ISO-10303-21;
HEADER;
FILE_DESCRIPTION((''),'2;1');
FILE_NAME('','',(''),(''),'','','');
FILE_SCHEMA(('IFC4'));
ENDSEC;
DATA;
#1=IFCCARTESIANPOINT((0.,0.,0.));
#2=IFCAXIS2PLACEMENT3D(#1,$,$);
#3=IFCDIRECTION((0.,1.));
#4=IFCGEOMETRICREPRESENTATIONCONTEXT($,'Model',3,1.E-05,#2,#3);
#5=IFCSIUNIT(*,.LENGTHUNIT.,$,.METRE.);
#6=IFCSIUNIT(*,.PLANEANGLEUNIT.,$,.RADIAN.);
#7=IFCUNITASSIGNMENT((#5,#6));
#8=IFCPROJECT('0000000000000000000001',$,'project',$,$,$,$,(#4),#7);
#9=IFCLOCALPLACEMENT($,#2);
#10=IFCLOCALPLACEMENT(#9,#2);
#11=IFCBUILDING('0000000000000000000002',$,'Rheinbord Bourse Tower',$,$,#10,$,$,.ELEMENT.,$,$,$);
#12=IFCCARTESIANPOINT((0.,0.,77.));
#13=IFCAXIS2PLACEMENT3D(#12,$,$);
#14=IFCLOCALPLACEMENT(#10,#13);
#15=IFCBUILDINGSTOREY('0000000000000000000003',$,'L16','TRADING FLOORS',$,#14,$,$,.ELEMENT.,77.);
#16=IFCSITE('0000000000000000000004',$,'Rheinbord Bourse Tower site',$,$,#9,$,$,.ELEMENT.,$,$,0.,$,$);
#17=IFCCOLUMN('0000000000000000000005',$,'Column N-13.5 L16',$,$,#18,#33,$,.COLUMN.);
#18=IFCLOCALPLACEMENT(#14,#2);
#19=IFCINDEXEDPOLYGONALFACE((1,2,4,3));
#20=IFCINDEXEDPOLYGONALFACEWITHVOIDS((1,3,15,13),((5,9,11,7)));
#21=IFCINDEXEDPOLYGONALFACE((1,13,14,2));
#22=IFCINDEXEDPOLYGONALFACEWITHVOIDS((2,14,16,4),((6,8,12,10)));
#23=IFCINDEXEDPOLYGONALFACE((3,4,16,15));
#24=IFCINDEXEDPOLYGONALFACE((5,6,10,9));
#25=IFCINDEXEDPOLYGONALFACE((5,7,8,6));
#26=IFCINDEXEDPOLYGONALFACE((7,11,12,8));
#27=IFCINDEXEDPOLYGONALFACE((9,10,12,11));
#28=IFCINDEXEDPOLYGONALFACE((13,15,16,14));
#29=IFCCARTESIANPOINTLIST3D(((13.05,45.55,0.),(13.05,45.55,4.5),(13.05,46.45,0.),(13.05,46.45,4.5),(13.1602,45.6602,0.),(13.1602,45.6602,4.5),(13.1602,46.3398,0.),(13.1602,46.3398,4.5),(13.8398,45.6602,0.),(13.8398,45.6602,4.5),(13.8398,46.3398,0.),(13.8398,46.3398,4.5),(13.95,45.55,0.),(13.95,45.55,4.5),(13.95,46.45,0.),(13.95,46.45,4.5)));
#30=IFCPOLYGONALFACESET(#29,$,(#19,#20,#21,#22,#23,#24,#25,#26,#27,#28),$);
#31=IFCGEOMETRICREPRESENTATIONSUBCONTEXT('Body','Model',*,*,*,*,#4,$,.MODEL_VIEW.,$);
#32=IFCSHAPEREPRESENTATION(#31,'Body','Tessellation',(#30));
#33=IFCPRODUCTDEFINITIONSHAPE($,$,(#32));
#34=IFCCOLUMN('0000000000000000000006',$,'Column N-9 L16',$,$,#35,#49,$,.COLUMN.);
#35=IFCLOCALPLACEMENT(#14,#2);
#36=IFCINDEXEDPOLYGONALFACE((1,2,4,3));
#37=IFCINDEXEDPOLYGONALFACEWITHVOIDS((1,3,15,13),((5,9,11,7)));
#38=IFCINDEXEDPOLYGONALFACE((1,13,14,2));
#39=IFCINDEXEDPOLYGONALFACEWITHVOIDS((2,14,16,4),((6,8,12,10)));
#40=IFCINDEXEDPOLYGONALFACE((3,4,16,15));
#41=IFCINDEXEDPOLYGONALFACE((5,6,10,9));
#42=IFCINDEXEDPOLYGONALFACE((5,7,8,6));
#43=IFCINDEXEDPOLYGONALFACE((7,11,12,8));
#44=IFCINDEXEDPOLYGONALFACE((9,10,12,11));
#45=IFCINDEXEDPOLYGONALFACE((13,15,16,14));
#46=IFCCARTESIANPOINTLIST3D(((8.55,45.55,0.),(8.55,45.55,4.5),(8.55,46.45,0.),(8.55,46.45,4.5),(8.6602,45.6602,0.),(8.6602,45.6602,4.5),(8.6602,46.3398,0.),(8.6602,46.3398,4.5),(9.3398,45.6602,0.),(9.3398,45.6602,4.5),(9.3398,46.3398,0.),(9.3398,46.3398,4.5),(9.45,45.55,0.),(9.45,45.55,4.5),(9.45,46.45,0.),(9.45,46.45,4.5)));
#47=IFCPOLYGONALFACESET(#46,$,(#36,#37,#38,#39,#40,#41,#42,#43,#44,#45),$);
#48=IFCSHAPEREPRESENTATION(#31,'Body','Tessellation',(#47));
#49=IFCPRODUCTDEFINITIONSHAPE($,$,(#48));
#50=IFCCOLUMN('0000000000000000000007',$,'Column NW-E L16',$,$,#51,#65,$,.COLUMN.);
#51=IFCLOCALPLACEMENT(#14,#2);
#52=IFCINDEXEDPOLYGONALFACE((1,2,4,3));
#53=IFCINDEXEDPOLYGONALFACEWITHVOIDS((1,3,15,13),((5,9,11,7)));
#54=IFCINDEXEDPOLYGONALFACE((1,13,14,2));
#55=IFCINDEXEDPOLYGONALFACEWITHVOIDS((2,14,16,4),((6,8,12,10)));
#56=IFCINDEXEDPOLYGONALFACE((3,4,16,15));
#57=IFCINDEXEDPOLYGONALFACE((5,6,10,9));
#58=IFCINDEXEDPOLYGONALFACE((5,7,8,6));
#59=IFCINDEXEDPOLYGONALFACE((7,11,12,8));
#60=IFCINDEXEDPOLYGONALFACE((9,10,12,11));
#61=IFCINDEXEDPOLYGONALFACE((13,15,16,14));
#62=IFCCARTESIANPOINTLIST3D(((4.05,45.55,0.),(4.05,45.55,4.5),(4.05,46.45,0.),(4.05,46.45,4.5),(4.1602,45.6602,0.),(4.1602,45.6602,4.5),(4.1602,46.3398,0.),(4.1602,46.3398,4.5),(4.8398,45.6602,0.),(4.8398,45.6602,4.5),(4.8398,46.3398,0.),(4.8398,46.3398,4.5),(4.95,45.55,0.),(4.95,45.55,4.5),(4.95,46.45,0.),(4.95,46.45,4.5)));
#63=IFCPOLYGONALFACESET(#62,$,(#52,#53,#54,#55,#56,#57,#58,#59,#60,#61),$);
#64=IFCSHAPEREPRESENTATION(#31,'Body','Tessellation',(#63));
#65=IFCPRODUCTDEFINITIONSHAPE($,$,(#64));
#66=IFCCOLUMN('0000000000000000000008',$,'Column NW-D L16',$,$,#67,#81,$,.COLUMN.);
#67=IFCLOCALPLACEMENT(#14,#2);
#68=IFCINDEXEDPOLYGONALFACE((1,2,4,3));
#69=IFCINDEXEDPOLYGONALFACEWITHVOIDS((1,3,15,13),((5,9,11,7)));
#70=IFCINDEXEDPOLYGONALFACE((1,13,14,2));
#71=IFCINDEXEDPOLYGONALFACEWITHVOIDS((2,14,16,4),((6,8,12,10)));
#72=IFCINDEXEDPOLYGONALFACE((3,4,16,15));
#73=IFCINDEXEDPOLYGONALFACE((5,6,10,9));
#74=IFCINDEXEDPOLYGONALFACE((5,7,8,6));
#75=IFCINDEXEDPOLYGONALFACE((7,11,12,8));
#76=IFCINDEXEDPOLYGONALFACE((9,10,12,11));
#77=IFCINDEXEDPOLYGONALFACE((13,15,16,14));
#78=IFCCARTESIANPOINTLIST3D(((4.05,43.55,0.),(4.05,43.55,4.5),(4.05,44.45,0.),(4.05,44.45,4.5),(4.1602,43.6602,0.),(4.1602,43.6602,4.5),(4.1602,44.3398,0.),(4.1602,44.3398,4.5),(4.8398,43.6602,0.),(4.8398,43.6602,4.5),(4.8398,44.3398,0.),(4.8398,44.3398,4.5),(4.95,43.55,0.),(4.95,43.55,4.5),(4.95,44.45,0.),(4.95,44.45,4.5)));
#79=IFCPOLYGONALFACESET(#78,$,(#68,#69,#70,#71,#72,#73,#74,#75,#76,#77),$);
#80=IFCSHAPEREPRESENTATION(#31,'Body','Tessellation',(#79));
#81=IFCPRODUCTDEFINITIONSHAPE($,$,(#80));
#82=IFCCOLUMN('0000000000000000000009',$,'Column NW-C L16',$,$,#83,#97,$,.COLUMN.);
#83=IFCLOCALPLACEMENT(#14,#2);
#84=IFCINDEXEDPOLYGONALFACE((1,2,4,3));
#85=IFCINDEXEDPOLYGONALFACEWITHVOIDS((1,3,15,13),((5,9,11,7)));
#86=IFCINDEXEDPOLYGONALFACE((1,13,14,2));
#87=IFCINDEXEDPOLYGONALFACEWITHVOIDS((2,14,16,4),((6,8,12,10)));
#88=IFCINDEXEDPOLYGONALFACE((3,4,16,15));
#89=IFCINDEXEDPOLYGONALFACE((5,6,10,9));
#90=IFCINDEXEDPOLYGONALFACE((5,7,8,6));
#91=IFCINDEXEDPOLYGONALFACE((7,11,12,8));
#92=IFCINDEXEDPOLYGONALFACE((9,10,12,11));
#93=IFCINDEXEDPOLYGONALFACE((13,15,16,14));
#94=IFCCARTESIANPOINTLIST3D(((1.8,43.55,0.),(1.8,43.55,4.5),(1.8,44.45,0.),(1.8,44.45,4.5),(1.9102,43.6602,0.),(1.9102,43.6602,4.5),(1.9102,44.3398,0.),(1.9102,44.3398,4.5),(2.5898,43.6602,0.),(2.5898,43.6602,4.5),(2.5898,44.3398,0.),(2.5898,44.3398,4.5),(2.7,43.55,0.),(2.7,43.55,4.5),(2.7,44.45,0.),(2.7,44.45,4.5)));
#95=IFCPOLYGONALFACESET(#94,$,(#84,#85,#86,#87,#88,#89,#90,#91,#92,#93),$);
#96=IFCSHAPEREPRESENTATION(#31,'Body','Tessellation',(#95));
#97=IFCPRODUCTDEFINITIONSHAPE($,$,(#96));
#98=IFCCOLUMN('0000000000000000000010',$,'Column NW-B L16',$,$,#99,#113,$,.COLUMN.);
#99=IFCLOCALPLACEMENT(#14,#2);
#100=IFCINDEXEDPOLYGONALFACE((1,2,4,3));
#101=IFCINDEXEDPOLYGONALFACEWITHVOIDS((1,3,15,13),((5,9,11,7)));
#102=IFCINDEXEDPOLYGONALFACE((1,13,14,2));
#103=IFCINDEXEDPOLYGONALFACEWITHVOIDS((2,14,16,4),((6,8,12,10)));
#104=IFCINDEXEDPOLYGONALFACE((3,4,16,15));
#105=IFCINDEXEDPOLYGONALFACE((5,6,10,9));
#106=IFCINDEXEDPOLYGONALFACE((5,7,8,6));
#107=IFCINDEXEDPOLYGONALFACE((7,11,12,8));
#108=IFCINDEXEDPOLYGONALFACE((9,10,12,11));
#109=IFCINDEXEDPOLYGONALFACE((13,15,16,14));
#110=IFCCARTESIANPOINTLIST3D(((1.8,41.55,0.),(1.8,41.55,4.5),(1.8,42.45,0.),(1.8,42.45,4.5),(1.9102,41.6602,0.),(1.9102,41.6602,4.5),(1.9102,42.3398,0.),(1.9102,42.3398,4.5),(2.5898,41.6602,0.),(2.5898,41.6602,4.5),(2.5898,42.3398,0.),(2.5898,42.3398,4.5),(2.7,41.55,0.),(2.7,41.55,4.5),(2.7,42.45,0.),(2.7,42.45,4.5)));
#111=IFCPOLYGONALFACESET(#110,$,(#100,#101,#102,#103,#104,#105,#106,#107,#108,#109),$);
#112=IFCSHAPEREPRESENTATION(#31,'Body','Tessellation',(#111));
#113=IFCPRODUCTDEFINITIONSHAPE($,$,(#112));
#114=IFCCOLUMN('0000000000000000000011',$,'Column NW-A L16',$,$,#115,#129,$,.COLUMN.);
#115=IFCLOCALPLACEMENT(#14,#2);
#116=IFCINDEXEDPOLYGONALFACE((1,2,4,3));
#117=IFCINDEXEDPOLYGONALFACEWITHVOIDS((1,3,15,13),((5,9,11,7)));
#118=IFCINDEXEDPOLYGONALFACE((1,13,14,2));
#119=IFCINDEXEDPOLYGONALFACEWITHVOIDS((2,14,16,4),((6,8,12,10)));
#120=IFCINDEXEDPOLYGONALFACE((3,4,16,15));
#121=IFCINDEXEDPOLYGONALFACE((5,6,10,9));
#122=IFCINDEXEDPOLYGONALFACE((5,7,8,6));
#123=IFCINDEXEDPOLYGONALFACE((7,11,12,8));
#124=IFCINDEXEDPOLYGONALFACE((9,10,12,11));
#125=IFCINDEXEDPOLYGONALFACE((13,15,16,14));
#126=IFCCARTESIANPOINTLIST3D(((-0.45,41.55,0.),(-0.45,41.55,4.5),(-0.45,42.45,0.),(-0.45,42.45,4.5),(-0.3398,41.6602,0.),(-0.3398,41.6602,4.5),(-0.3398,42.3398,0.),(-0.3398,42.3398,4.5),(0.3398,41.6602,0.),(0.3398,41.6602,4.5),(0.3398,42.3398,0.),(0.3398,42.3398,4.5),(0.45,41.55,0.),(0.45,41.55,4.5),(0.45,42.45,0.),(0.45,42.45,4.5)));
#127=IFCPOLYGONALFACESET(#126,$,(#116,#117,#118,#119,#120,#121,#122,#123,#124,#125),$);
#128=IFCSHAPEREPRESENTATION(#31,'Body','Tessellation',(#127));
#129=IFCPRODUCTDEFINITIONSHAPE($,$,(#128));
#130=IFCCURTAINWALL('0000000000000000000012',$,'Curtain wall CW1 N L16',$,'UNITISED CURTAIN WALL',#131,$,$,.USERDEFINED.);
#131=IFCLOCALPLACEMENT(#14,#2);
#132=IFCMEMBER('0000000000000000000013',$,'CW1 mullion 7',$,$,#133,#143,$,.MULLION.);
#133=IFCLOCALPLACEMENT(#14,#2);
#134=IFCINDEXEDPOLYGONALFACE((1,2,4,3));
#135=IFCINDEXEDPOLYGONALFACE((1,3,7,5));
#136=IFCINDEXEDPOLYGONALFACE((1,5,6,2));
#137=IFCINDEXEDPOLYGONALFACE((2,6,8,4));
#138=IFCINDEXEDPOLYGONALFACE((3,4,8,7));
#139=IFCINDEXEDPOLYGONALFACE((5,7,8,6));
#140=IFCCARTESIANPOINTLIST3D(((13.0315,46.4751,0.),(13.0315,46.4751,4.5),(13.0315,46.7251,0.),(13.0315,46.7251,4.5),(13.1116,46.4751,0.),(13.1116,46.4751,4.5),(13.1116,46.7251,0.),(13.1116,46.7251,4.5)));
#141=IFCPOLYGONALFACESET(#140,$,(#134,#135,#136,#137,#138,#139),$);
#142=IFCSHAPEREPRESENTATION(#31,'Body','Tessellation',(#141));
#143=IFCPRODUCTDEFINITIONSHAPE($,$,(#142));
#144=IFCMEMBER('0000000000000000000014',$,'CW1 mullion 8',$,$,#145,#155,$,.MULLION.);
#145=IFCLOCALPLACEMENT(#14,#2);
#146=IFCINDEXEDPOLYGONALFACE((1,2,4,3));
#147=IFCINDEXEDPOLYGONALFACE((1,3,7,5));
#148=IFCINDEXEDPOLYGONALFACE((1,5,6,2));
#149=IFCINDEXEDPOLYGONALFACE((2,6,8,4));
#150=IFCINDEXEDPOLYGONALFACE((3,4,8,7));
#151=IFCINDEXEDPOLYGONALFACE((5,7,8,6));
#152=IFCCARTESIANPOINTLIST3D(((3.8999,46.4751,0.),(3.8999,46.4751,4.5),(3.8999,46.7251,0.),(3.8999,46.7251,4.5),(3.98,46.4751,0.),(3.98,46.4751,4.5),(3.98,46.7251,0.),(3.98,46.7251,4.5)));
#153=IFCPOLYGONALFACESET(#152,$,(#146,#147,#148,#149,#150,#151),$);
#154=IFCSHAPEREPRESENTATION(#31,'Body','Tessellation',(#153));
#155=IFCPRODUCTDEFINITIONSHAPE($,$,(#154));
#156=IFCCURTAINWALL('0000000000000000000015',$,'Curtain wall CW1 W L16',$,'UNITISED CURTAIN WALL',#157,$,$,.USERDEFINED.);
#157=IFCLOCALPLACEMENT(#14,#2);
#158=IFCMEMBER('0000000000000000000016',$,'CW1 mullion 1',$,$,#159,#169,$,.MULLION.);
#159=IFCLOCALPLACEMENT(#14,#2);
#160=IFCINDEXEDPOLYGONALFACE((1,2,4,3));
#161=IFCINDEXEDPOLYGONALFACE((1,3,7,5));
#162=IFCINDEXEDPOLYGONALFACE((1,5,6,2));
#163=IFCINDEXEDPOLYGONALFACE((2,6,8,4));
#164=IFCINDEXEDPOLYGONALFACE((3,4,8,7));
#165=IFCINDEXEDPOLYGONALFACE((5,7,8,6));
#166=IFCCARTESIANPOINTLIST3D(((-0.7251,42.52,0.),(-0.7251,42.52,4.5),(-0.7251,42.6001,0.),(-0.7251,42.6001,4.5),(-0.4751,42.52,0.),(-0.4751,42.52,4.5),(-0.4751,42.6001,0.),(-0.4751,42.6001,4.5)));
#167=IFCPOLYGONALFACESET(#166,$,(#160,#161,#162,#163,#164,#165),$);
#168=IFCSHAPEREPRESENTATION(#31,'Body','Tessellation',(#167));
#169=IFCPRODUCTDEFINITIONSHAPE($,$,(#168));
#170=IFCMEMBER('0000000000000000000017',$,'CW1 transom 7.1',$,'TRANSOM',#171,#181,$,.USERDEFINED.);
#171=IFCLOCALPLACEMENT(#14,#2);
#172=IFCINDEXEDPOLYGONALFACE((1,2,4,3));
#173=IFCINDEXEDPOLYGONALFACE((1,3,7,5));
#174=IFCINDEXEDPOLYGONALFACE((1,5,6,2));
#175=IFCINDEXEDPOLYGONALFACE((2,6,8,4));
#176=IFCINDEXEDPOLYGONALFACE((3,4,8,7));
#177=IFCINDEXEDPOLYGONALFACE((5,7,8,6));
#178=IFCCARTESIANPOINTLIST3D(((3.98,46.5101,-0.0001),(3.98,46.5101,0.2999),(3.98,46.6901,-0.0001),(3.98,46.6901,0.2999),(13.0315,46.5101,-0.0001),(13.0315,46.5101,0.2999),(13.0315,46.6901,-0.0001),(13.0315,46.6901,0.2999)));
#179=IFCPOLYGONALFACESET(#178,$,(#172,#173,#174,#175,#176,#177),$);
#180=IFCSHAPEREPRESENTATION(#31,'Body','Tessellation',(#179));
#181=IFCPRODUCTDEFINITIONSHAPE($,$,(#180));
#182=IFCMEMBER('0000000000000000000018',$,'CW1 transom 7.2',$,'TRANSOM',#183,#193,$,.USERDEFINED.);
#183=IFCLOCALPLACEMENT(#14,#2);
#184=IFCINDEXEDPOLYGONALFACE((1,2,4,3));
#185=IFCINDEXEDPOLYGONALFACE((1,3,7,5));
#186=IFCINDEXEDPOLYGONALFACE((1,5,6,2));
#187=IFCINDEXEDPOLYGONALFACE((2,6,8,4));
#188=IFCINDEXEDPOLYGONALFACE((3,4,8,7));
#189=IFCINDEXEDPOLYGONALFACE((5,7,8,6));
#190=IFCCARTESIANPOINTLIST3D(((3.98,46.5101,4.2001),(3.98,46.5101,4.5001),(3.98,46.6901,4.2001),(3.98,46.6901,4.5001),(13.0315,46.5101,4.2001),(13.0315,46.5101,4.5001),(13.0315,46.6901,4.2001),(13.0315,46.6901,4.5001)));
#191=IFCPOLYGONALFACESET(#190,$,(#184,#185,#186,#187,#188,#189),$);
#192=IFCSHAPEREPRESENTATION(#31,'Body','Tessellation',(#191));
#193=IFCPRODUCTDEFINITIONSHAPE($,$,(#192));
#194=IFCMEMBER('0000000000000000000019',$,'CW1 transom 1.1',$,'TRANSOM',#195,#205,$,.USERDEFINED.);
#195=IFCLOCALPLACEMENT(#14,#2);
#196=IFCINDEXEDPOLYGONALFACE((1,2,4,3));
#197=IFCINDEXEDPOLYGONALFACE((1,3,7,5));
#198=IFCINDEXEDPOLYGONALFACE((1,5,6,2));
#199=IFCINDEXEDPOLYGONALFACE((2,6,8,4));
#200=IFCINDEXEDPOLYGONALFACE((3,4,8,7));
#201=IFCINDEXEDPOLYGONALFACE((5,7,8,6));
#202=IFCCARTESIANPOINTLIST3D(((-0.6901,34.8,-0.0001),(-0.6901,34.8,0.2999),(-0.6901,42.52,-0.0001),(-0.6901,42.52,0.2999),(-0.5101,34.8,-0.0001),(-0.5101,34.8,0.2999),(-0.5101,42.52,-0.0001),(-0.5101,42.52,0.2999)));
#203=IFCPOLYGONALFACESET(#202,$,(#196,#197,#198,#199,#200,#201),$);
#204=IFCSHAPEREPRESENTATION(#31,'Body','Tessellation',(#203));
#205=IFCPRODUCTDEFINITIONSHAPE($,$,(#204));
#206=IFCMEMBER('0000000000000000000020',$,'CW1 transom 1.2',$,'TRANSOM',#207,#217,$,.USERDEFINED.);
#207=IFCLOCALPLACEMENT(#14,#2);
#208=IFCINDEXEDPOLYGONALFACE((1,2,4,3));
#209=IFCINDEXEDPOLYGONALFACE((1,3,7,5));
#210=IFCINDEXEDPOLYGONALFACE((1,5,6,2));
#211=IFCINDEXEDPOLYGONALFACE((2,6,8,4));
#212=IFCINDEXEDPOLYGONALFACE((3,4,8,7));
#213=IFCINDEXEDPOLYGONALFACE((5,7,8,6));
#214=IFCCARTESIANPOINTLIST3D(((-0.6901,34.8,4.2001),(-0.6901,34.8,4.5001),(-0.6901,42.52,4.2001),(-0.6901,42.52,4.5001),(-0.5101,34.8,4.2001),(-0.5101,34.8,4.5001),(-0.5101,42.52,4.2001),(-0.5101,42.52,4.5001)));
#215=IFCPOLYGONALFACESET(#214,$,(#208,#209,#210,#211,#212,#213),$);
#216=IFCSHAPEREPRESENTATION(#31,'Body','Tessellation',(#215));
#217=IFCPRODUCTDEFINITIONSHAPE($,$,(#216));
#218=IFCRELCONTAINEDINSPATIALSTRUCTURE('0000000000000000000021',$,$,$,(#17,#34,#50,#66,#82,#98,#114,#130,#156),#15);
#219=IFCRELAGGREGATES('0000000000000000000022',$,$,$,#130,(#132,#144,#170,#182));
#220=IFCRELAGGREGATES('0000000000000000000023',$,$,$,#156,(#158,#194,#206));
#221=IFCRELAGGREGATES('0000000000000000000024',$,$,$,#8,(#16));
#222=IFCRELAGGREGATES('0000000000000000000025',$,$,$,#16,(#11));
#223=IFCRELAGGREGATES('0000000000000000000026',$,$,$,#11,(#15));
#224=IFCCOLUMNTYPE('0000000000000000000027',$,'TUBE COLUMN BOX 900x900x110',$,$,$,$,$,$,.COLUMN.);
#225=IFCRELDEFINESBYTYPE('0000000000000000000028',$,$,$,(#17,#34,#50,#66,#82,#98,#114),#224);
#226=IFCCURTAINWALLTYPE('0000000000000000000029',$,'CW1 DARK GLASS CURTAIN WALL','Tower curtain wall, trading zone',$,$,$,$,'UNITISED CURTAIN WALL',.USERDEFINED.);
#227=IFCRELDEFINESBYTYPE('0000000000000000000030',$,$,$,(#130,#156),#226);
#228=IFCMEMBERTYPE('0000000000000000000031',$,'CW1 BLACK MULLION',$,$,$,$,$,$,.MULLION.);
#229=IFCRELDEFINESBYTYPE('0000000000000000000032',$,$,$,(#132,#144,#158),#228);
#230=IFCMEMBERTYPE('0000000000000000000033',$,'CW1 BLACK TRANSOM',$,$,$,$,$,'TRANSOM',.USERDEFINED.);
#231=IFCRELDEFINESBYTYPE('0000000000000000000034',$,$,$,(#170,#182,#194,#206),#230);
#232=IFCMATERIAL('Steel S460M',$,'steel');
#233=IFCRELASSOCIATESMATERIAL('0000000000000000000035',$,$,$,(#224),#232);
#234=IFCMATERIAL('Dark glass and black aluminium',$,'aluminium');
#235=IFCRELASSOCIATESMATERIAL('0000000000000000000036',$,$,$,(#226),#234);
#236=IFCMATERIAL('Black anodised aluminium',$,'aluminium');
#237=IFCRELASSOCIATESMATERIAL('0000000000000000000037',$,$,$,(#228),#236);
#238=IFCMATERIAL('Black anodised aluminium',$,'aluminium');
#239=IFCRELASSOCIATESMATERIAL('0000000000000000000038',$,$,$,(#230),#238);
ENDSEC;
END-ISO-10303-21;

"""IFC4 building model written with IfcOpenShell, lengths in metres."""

from ifc_helpers import new_model, si_unit, direction, frame, origin, origin_2d, place, context, subcontext, project, spatial, rectangle, hollow_rectangle, extrude, material, material_profile, profile_set, type_object, element, aggregate, save


model = new_model("IFC4")

# Units and contexts
model_context = context("Model", 3, precision=1e-05, world=origin(), true_north=direction((0.0, 1.0)))
body_context = subcontext(model_context, "Body", "Model", "MODEL_VIEW")
ifc_project = project(units=[si_unit("LENGTHUNIT", "METRE"), si_unit("PLANEANGLEUNIT", "RADIAN")], contexts=[model_context])

# Site, building, storey
site_placement = place(None, origin())
site = spatial("IfcSite", under=ifc_project, at=site_placement, Name="Rheinbord Bourse Tower site", CompositionType="ELEMENT", RefElevation=0.0)
building_placement = place(site_placement, origin())
building = spatial("IfcBuilding", under=site, at=building_placement, Name="Rheinbord Bourse Tower", CompositionType="ELEMENT")
storey_placement = place(building_placement, frame((0.0, 0.0, 77.0)))
storey = spatial("IfcBuildingStorey", under=building, at=storey_placement, Name="L16", Description="TRADING FLOORS", CompositionType="ELEMENT", Elevation=77.0)

# Columns
ifc_material_1 = material(Name="Steel S460M", Category="steel")
ifc_material_profile_1 = material_profile(ifc_material_1, hollow_rectangle(XDim=0.8999, YDim=0.8999, WallThickness=0.1101, at=origin_2d()), Name="BOX 900x900x110")
ifc_profile_set_1 = profile_set([ifc_material_profile_1], Name="Steel S460M")
column_type = type_object("IfcColumnType", Name="TUBE COLUMN BOX 900x900x110", PredefinedType="COLUMN", material=ifc_profile_set_1)
for number, where, z_axis, x_axis, name in (
    (1, (13.5, 46.0, 0.0), (0.0, 0.0, 1.0), (0.0, 1.0, 0.0), "Column N-13.5 L16"),
    (2, (9.0, 46.0, 0.0), (0.0, 0.0, 1.0), (0.0, 1.0, 0.0), "Column N-9 L16"),
    (3, (4.5, 46.0, 0.0), (0.0, 0.0, 1.0), (0.0, 1.0, 0.0), "Column NW-E L16"),
    (4, (4.5, 44.0, 0.0), (0.0, 0.0, 1.0), (0.0, 1.0, 0.0), "Column NW-D L16"),
    (5, (2.25, 44.0, 0.0), (0.0, 0.0, 1.0), (1.0, 0.0, 0.0), "Column NW-C L16"),
    (6, (2.25, 42.0, 0.0), (0.0, 0.0, 1.0), (1.0, 0.0, 0.0), "Column NW-B L16"),
    (7, (0.0, 42.0, 0.0), (0.0, 0.0, 1.0), (1.0, 0.0, 0.0), "Column NW-A L16"),
):
    element("IfcColumn", number, at=place(storey_placement, frame(where, z_axis=z_axis, x_axis=x_axis)), inside=storey, type_object=column_type, Name=name, PredefinedType="COLUMN", context=body_context, shape_type="SweptSolid", body=[
        extrude(hollow_rectangle(XDim=0.8999, YDim=0.8999, WallThickness=0.1101, at=origin_2d()), origin(), (0.0, 0.0, 1.0), 4.5),
    ])

# Curtain wall, members
ifc_material_2 = material(Name="Dark glass and black aluminium", Category="aluminium")
curtain_wall_type = type_object("IfcCurtainWallType", Name="CW1 DARK GLASS CURTAIN WALL", Description="Tower curtain wall, trading zone", ElementType="UNITISED CURTAIN WALL", PredefinedType="USERDEFINED", material=ifc_material_2)
curtain_wall_1_placement = place(storey_placement, origin())
curtain_wall_1 = element("IfcCurtainWall", 8, at=curtain_wall_1_placement, inside=storey, type_object=curtain_wall_type, Name="Curtain wall CW1 N L16", ObjectType="UNITISED CURTAIN WALL", PredefinedType="USERDEFINED")
ifc_material_3 = material(Name="Black anodised aluminium", Category="aluminium")
ifc_material_profile_2 = material_profile(ifc_material_3, rectangle(XDim=0.25, YDim=0.0801, at=origin_2d()), Name="CW1 MULLION 80x250")
ifc_profile_set_2 = profile_set([ifc_material_profile_2], Name="Black anodised aluminium")
member_type_1 = type_object("IfcMemberType", Name="CW1 BLACK MULLION", PredefinedType="MULLION", material=ifc_profile_set_2)
member_1_placement = place(storey_placement, frame((13.0715, 46.6001, 0.0), z_axis=(0.0, 0.0, 1.0), x_axis=(0.0, -1.0, 0.0)))
member_1 = element("IfcMember", 9, at=member_1_placement, type_object=member_type_1, Name="CW1 mullion 7", PredefinedType="MULLION", context=body_context, shape_type="SweptSolid", body=[
    extrude(rectangle(XDim=0.25, YDim=0.0801, at=origin_2d()), origin(), (0.0, 0.0, 1.0), 4.5),
])
member_2_placement = place(storey_placement, frame((3.9399, 46.6001, 0.0), z_axis=(0.0, 0.0, 1.0), x_axis=(0.0, -1.0, 0.0)))
member_2 = element("IfcMember", 10, at=member_2_placement, type_object=member_type_1, Name="CW1 mullion 8", PredefinedType="MULLION", context=body_context, shape_type="SweptSolid", body=[
    extrude(rectangle(XDim=0.25, YDim=0.0801, at=origin_2d()), origin(), (0.0, 0.0, 1.0), 4.5),
])

# Curtain wall, member
curtain_wall_2_placement = place(storey_placement, origin())
curtain_wall_2 = element("IfcCurtainWall", 11, at=curtain_wall_2_placement, inside=storey, type_object=curtain_wall_type, Name="Curtain wall CW1 W L16", ObjectType="UNITISED CURTAIN WALL", PredefinedType="USERDEFINED")
member_3_placement = place(storey_placement, frame((-0.6001, 42.5601, 0.0), z_axis=(0.0, 0.0, 1.0), x_axis=(1.0, 0.0, 0.0)))
member_3 = element("IfcMember", 12, at=member_3_placement, type_object=member_type_1, Name="CW1 mullion 1", PredefinedType="MULLION", context=body_context, shape_type="SweptSolid", body=[
    extrude(rectangle(XDim=0.25, YDim=0.0801, at=origin_2d()), origin(), (0.0, 0.0, 1.0), 4.5),
])

# Members
ifc_material_4 = material(Name="Black anodised aluminium", Category="aluminium")
ifc_material_profile_3 = material_profile(ifc_material_4, rectangle(XDim=0.1799, YDim=0.3, at=origin_2d()), Name="CW1 TRANSOM 300x180")
ifc_profile_set_3 = profile_set([ifc_material_profile_3], Name="Black anodised aluminium")
member_type_2 = type_object("IfcMemberType", Name="CW1 BLACK TRANSOM", ElementType="TRANSOM", PredefinedType="USERDEFINED", material=ifc_profile_set_3)
member_4_placement = place(storey_placement, frame((13.0315, 46.6001, 0.1499), z_axis=(-1.0, 0.0, 0.0), x_axis=(0.0, -1.0, 0.0)))
member_4 = element("IfcMember", 13, at=member_4_placement, type_object=member_type_2, Name="CW1 transom 7.1", ObjectType="TRANSOM", PredefinedType="USERDEFINED", context=body_context, shape_type="SweptSolid", body=[
    extrude(rectangle(XDim=0.1799, YDim=0.3, at=origin_2d()), origin(), (0.0, 0.0, 1.0), 9.0515),
])
member_5_placement = place(storey_placement, frame((13.0315, 46.6001, 4.3501), z_axis=(-1.0, 0.0, 0.0), x_axis=(0.0, -1.0, 0.0)))
member_5 = element("IfcMember", 14, at=member_5_placement, type_object=member_type_2, Name="CW1 transom 7.2", ObjectType="TRANSOM", PredefinedType="USERDEFINED", context=body_context, shape_type="SweptSolid", body=[
    extrude(rectangle(XDim=0.1799, YDim=0.3, at=origin_2d()), origin(), (0.0, 0.0, 1.0), 9.0515),
])
member_6_placement = place(storey_placement, frame((-0.6001, 42.52, 0.1499), z_axis=(0.0, -1.0, 0.0), x_axis=(1.0, 0.0, 0.0)))
member_6 = element("IfcMember", 15, at=member_6_placement, type_object=member_type_2, Name="CW1 transom 1.1", ObjectType="TRANSOM", PredefinedType="USERDEFINED", context=body_context, shape_type="SweptSolid", body=[
    extrude(rectangle(XDim=0.1799, YDim=0.3, at=origin_2d()), origin(), (0.0, 0.0, 1.0), 7.72),
])
member_7_placement = place(storey_placement, frame((-0.6001, 42.52, 4.3501), z_axis=(0.0, -1.0, 0.0), x_axis=(1.0, 0.0, 0.0)))
member_7 = element("IfcMember", 16, at=member_7_placement, type_object=member_type_2, Name="CW1 transom 1.2", ObjectType="TRANSOM", PredefinedType="USERDEFINED", context=body_context, shape_type="SweptSolid", body=[
    extrude(rectangle(XDim=0.1799, YDim=0.3, at=origin_2d()), origin(), (0.0, 0.0, 1.0), 7.72),
])

aggregate(curtain_wall_1, [member_1, member_2, member_4, member_5])
aggregate(curtain_wall_2, [member_3, member_6, member_7])

save(model, "model.ifc")
